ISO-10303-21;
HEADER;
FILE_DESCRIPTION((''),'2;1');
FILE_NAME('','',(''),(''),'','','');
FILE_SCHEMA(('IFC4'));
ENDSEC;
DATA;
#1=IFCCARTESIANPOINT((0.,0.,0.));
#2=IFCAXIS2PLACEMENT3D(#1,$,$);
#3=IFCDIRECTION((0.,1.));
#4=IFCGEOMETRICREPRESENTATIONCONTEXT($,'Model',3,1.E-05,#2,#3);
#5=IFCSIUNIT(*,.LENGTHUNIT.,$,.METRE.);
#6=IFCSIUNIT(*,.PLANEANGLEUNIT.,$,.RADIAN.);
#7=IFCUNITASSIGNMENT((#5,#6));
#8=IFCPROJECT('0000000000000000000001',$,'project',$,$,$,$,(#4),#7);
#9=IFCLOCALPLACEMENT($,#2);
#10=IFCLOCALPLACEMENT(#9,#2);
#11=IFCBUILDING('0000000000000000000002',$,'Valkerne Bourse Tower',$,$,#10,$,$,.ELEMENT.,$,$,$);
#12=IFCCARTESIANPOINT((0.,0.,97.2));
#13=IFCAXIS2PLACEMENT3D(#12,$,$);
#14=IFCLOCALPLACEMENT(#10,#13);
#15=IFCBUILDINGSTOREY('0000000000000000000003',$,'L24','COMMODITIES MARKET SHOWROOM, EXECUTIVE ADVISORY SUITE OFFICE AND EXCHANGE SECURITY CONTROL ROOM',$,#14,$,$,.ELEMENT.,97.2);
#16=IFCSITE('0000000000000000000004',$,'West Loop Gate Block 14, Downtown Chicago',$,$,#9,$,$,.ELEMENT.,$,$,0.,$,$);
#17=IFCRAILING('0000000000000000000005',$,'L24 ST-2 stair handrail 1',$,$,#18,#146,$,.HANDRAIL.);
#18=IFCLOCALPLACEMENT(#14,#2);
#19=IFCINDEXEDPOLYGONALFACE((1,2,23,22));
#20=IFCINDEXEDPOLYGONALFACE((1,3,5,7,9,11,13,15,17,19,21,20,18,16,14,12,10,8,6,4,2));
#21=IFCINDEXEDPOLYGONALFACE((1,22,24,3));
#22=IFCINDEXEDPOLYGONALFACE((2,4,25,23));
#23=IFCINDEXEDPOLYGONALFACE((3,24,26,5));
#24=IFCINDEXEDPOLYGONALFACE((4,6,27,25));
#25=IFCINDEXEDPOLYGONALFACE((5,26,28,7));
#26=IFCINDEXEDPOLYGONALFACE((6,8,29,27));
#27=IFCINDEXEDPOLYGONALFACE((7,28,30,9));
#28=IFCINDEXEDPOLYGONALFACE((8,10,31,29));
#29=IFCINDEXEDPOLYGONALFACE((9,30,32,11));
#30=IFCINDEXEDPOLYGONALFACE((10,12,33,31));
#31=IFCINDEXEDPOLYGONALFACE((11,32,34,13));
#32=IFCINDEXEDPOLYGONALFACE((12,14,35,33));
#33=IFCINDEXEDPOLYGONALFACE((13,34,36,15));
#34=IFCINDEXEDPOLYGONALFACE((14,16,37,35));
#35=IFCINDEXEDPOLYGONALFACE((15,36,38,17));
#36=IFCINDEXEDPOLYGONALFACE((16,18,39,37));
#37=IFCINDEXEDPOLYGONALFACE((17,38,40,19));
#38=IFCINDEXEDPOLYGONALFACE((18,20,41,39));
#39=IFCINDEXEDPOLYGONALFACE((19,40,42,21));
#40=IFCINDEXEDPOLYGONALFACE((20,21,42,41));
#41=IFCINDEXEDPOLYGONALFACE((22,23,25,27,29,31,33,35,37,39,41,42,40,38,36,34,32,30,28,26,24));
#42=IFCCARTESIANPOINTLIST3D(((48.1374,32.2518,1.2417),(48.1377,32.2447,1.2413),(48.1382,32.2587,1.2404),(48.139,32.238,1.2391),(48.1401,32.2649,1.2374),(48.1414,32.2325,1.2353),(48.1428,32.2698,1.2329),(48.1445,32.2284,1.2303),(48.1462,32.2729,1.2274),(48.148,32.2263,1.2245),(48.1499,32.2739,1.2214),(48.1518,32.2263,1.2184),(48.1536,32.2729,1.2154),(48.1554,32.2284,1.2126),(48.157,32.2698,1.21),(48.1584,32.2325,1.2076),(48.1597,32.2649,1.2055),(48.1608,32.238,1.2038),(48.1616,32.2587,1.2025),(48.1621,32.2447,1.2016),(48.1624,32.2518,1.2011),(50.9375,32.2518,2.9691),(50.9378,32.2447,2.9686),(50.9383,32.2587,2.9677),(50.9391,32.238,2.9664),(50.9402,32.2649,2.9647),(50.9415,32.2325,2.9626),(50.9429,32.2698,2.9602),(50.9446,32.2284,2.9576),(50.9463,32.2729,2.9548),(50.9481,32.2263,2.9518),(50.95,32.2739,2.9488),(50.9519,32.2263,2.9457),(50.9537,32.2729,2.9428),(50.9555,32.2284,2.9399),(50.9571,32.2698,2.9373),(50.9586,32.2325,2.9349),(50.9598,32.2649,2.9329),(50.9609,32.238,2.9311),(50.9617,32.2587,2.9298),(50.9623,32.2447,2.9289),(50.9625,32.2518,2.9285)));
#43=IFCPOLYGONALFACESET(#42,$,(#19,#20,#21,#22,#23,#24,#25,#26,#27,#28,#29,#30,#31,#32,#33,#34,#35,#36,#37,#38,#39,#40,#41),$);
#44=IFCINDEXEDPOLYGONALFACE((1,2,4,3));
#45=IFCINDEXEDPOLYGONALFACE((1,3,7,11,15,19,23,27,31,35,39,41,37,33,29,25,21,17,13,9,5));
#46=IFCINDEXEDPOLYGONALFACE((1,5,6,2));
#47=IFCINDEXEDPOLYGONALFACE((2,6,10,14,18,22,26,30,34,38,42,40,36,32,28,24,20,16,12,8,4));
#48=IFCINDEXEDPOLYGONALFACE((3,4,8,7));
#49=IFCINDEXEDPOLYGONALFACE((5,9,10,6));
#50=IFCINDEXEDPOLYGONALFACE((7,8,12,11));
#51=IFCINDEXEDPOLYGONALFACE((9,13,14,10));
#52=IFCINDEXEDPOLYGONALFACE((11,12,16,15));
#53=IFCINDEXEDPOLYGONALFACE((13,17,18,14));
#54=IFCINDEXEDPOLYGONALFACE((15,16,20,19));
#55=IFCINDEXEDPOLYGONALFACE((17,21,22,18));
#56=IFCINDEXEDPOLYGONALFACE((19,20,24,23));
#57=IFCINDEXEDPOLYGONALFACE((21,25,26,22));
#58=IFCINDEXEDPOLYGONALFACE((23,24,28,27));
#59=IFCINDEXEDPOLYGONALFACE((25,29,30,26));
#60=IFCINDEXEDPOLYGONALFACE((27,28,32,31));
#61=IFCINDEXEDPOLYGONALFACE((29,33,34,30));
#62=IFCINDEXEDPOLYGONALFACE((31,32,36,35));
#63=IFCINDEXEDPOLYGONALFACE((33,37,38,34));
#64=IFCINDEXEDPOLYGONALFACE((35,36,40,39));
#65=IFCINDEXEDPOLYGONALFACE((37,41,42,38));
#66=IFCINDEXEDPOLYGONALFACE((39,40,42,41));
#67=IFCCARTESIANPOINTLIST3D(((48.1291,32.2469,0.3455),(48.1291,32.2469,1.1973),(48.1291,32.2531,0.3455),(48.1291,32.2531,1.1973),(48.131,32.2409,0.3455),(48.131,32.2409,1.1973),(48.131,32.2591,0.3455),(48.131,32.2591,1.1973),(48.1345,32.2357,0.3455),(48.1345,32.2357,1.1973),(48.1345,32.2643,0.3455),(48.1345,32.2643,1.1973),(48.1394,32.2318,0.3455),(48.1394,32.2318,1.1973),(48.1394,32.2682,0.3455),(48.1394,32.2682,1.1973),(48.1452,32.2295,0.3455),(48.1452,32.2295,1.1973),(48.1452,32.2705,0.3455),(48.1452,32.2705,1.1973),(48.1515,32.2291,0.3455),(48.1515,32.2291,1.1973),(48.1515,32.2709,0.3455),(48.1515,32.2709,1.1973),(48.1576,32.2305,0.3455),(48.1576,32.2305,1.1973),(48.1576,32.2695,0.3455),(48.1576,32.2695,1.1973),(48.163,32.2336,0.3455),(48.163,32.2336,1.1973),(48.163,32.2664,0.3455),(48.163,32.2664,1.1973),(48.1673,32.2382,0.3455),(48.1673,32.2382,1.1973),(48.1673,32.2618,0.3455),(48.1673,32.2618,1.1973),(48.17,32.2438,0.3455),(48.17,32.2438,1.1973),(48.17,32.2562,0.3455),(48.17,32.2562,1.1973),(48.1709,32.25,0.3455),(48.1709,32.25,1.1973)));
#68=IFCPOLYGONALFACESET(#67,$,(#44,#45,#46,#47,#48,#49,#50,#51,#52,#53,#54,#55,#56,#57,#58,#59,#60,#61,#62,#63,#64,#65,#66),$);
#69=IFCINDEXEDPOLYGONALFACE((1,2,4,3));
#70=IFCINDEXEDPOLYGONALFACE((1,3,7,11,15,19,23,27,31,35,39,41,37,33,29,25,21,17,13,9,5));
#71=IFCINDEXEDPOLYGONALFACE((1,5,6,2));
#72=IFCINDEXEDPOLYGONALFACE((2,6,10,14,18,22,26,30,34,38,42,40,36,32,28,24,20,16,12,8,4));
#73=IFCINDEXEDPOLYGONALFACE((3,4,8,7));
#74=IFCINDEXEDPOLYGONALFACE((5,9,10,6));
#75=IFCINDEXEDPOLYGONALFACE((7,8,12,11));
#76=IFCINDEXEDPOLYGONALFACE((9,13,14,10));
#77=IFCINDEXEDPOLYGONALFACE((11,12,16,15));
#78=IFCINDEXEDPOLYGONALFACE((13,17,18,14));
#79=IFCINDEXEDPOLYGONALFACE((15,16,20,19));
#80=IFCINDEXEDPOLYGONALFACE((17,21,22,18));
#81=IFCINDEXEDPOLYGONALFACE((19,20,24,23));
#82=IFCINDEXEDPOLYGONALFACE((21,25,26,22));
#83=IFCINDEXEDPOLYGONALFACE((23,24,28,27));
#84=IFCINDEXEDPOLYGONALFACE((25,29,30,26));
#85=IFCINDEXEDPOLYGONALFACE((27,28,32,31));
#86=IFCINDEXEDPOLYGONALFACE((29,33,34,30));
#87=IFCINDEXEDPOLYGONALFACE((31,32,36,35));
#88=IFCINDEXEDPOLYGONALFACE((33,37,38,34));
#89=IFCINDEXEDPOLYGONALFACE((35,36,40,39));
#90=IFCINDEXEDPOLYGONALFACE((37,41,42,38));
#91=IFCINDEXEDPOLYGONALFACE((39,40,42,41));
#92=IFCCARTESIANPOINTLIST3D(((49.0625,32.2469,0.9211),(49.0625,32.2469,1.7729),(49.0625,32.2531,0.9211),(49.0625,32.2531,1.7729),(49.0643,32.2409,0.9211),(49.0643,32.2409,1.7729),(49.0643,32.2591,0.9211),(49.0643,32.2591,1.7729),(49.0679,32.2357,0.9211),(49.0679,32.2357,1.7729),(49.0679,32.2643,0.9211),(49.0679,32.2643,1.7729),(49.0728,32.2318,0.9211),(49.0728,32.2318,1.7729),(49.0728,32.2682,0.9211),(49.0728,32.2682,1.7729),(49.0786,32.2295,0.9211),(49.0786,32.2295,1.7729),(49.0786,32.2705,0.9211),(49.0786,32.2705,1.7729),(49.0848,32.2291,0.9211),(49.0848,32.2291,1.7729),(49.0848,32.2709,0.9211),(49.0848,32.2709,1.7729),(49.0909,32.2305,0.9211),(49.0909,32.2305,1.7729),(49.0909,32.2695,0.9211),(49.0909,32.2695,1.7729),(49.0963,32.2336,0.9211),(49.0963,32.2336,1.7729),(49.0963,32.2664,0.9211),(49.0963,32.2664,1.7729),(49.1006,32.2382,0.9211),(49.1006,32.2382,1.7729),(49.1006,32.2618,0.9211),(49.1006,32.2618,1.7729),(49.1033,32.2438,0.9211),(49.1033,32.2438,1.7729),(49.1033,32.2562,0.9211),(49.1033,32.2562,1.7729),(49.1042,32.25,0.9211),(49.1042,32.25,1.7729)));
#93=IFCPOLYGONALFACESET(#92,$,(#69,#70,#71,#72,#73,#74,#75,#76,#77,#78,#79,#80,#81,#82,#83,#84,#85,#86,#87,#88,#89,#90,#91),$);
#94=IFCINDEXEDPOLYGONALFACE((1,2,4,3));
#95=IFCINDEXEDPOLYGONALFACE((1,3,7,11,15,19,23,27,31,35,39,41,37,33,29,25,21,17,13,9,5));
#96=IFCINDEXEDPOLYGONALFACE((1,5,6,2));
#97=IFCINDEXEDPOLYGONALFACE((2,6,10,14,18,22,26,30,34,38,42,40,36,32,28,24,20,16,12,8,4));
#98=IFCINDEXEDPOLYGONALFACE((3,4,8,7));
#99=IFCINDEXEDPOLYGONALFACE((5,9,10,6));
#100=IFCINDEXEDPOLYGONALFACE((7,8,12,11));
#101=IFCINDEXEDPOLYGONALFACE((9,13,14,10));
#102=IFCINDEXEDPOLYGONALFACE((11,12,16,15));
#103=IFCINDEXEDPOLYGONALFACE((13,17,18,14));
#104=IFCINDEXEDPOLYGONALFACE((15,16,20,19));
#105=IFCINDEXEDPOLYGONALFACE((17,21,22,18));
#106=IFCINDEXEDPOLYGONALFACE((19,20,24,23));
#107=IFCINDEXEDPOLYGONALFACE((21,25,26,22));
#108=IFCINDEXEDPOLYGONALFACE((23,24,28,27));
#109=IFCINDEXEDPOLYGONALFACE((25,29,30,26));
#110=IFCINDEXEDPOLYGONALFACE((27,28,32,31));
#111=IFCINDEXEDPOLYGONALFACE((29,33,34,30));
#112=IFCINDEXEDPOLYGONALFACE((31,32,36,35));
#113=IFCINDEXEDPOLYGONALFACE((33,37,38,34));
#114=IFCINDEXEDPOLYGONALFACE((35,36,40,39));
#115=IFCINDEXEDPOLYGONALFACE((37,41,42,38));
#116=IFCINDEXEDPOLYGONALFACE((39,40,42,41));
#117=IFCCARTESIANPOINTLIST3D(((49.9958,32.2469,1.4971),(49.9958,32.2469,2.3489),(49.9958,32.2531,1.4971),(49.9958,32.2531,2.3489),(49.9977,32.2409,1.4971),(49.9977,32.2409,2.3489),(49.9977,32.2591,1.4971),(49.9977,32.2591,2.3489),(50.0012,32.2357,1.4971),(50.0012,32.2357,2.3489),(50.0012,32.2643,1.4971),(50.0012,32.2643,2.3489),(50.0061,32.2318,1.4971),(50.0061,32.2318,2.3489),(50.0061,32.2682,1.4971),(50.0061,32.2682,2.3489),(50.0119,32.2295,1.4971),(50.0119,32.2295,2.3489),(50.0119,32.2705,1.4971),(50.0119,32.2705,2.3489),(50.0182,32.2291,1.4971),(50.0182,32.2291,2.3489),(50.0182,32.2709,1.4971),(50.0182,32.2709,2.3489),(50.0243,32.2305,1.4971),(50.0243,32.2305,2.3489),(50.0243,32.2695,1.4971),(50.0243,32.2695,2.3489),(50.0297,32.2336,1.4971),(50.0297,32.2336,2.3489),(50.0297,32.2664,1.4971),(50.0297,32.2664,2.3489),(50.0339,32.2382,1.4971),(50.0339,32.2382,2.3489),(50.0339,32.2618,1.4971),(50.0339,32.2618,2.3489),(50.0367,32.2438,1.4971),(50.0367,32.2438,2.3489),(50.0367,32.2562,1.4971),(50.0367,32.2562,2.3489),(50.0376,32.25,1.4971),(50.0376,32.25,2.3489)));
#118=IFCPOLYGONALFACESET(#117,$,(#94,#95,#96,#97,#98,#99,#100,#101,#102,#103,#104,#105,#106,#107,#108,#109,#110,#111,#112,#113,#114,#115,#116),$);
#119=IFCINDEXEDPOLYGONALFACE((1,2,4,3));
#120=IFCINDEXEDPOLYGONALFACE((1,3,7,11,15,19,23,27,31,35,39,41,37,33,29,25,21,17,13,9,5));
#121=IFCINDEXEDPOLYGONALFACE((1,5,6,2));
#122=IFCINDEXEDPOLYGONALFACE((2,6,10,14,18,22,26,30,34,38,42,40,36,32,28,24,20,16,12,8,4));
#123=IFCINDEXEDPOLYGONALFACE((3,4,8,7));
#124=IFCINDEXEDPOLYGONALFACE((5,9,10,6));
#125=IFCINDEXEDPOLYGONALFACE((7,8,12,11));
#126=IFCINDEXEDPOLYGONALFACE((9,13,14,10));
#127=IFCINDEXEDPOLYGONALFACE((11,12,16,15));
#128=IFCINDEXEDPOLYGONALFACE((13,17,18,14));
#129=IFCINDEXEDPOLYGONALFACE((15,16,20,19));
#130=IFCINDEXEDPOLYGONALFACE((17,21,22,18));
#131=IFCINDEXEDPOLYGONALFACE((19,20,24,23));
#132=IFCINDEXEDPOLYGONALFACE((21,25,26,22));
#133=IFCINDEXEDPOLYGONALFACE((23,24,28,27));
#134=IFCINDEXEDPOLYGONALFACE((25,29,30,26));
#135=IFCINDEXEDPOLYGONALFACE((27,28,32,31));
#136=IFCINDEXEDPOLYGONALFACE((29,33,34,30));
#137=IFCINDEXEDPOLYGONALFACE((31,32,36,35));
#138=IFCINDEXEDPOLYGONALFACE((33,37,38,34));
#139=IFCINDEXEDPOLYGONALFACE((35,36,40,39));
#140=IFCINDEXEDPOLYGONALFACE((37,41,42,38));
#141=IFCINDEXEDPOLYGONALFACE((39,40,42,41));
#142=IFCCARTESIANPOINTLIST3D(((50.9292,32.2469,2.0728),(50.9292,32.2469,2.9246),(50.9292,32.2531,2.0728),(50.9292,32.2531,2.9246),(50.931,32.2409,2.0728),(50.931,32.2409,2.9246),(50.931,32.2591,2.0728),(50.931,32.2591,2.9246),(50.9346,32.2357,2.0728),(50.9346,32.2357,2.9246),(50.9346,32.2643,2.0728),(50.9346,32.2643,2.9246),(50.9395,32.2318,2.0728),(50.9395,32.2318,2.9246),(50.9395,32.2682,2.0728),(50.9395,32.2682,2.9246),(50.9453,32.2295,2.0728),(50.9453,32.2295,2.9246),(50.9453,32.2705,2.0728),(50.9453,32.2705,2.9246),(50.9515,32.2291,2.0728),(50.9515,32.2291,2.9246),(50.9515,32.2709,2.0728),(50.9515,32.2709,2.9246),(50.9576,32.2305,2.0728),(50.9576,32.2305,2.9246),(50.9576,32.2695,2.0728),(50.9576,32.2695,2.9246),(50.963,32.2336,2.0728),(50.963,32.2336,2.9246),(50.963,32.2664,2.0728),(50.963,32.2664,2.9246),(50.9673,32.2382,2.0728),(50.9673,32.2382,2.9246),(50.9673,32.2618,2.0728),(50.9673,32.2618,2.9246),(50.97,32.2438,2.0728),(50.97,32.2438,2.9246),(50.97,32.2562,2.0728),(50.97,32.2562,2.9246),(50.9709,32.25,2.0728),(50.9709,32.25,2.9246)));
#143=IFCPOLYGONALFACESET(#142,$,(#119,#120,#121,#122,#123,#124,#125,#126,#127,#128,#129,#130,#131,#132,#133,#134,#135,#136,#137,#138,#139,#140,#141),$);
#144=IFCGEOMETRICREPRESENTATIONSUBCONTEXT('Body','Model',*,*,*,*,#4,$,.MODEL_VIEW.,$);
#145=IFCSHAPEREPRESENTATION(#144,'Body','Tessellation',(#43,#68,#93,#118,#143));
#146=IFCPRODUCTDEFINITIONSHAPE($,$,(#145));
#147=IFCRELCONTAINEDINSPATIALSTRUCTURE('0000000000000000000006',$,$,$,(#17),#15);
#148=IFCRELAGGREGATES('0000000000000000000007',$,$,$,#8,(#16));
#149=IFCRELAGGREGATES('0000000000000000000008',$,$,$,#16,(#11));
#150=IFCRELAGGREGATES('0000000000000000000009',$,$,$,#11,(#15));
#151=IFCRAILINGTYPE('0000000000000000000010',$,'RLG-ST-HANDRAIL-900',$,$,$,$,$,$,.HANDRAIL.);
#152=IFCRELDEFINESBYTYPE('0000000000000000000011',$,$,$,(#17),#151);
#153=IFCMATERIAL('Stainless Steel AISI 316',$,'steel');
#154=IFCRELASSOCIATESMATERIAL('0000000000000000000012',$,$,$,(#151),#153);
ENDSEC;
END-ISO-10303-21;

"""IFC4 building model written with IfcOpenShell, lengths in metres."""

from ifc_helpers import new_model, si_unit, direction, frame, origin, origin_2d, place, context, subcontext, project, spatial, circle, extrude, material, type_object, element, save


model = new_model("IFC4")

# Units and contexts
model_context = context("Model", 3, precision=1e-05, world=origin(), true_north=direction((0.0, 1.0)))
body_context = subcontext(model_context, "Body", "Model", "MODEL_VIEW")
ifc_project = project(units=[si_unit("LENGTHUNIT", "METRE"), si_unit("PLANEANGLEUNIT", "RADIAN")], contexts=[model_context])

# Site, building, storey
site_placement = place(None, origin())
site = spatial("IfcSite", under=ifc_project, at=site_placement, Name="West Loop Gate Block 14, Downtown Chicago", CompositionType="ELEMENT", RefElevation=0.0)
building_placement = place(site_placement, origin())
building = spatial("IfcBuilding", under=site, at=building_placement, Name="Valkerne Bourse Tower", CompositionType="ELEMENT")
storey_placement = place(building_placement, frame((0.0, 0.0, 97.2)))
storey = spatial("IfcBuildingStorey", under=building, at=storey_placement, Name="L24", Description="COMMODITIES MARKET SHOWROOM, EXECUTIVE ADVISORY SUITE OFFICE AND EXCHANGE SECURITY CONTROL ROOM", CompositionType="ELEMENT", Elevation=97.2)

# Shared definitions
ifc_material_1 = material(Name="Stainless Steel AISI 316", Category="steel")

# Railing
railing_type_1 = type_object("IfcRailingType", Name="RLG-ST-HANDRAIL-900", PredefinedType="HANDRAIL", material=ifc_material_1)
railing_1_placement = place(storey_placement, frame((48.1499, 32.25, 0.3455)))
element("IfcRailing", 1, at=railing_1_placement, inside=storey, type_object=railing_type_1, Name="L24 ST-2 stair handrail 1", PredefinedType="HANDRAIL", context=body_context, shape_type="SweptSolid", body=[
    extrude(circle(Radius=0.0239, at=origin_2d()), frame((0.0, 0.0, 0.876), z_axis=(0.85109, 0.0, 0.52502), x_axis=(0.0, 1.0, 0.0)), (0.0, 0.0, 1.0), 3.29),
    extrude(circle(Radius=0.021, at=origin_2d()), origin(), (0.0, 0.0, 1.0), 0.8518),
    extrude(circle(Radius=0.021, at=origin_2d()), frame((0.9333, 0.0, 0.5757)), (0.0, 0.0, 1.0), 0.8518),
    extrude(circle(Radius=0.021, at=origin_2d()), frame((1.8667, 0.0, 1.1516)), (0.0, 0.0, 1.0), 0.8518),
    extrude(circle(Radius=0.021, at=origin_2d()), frame((2.8, 0.0, 1.7273)), (0.0, 0.0, 1.0), 0.8518),
])

save(model, "model.ifc")
